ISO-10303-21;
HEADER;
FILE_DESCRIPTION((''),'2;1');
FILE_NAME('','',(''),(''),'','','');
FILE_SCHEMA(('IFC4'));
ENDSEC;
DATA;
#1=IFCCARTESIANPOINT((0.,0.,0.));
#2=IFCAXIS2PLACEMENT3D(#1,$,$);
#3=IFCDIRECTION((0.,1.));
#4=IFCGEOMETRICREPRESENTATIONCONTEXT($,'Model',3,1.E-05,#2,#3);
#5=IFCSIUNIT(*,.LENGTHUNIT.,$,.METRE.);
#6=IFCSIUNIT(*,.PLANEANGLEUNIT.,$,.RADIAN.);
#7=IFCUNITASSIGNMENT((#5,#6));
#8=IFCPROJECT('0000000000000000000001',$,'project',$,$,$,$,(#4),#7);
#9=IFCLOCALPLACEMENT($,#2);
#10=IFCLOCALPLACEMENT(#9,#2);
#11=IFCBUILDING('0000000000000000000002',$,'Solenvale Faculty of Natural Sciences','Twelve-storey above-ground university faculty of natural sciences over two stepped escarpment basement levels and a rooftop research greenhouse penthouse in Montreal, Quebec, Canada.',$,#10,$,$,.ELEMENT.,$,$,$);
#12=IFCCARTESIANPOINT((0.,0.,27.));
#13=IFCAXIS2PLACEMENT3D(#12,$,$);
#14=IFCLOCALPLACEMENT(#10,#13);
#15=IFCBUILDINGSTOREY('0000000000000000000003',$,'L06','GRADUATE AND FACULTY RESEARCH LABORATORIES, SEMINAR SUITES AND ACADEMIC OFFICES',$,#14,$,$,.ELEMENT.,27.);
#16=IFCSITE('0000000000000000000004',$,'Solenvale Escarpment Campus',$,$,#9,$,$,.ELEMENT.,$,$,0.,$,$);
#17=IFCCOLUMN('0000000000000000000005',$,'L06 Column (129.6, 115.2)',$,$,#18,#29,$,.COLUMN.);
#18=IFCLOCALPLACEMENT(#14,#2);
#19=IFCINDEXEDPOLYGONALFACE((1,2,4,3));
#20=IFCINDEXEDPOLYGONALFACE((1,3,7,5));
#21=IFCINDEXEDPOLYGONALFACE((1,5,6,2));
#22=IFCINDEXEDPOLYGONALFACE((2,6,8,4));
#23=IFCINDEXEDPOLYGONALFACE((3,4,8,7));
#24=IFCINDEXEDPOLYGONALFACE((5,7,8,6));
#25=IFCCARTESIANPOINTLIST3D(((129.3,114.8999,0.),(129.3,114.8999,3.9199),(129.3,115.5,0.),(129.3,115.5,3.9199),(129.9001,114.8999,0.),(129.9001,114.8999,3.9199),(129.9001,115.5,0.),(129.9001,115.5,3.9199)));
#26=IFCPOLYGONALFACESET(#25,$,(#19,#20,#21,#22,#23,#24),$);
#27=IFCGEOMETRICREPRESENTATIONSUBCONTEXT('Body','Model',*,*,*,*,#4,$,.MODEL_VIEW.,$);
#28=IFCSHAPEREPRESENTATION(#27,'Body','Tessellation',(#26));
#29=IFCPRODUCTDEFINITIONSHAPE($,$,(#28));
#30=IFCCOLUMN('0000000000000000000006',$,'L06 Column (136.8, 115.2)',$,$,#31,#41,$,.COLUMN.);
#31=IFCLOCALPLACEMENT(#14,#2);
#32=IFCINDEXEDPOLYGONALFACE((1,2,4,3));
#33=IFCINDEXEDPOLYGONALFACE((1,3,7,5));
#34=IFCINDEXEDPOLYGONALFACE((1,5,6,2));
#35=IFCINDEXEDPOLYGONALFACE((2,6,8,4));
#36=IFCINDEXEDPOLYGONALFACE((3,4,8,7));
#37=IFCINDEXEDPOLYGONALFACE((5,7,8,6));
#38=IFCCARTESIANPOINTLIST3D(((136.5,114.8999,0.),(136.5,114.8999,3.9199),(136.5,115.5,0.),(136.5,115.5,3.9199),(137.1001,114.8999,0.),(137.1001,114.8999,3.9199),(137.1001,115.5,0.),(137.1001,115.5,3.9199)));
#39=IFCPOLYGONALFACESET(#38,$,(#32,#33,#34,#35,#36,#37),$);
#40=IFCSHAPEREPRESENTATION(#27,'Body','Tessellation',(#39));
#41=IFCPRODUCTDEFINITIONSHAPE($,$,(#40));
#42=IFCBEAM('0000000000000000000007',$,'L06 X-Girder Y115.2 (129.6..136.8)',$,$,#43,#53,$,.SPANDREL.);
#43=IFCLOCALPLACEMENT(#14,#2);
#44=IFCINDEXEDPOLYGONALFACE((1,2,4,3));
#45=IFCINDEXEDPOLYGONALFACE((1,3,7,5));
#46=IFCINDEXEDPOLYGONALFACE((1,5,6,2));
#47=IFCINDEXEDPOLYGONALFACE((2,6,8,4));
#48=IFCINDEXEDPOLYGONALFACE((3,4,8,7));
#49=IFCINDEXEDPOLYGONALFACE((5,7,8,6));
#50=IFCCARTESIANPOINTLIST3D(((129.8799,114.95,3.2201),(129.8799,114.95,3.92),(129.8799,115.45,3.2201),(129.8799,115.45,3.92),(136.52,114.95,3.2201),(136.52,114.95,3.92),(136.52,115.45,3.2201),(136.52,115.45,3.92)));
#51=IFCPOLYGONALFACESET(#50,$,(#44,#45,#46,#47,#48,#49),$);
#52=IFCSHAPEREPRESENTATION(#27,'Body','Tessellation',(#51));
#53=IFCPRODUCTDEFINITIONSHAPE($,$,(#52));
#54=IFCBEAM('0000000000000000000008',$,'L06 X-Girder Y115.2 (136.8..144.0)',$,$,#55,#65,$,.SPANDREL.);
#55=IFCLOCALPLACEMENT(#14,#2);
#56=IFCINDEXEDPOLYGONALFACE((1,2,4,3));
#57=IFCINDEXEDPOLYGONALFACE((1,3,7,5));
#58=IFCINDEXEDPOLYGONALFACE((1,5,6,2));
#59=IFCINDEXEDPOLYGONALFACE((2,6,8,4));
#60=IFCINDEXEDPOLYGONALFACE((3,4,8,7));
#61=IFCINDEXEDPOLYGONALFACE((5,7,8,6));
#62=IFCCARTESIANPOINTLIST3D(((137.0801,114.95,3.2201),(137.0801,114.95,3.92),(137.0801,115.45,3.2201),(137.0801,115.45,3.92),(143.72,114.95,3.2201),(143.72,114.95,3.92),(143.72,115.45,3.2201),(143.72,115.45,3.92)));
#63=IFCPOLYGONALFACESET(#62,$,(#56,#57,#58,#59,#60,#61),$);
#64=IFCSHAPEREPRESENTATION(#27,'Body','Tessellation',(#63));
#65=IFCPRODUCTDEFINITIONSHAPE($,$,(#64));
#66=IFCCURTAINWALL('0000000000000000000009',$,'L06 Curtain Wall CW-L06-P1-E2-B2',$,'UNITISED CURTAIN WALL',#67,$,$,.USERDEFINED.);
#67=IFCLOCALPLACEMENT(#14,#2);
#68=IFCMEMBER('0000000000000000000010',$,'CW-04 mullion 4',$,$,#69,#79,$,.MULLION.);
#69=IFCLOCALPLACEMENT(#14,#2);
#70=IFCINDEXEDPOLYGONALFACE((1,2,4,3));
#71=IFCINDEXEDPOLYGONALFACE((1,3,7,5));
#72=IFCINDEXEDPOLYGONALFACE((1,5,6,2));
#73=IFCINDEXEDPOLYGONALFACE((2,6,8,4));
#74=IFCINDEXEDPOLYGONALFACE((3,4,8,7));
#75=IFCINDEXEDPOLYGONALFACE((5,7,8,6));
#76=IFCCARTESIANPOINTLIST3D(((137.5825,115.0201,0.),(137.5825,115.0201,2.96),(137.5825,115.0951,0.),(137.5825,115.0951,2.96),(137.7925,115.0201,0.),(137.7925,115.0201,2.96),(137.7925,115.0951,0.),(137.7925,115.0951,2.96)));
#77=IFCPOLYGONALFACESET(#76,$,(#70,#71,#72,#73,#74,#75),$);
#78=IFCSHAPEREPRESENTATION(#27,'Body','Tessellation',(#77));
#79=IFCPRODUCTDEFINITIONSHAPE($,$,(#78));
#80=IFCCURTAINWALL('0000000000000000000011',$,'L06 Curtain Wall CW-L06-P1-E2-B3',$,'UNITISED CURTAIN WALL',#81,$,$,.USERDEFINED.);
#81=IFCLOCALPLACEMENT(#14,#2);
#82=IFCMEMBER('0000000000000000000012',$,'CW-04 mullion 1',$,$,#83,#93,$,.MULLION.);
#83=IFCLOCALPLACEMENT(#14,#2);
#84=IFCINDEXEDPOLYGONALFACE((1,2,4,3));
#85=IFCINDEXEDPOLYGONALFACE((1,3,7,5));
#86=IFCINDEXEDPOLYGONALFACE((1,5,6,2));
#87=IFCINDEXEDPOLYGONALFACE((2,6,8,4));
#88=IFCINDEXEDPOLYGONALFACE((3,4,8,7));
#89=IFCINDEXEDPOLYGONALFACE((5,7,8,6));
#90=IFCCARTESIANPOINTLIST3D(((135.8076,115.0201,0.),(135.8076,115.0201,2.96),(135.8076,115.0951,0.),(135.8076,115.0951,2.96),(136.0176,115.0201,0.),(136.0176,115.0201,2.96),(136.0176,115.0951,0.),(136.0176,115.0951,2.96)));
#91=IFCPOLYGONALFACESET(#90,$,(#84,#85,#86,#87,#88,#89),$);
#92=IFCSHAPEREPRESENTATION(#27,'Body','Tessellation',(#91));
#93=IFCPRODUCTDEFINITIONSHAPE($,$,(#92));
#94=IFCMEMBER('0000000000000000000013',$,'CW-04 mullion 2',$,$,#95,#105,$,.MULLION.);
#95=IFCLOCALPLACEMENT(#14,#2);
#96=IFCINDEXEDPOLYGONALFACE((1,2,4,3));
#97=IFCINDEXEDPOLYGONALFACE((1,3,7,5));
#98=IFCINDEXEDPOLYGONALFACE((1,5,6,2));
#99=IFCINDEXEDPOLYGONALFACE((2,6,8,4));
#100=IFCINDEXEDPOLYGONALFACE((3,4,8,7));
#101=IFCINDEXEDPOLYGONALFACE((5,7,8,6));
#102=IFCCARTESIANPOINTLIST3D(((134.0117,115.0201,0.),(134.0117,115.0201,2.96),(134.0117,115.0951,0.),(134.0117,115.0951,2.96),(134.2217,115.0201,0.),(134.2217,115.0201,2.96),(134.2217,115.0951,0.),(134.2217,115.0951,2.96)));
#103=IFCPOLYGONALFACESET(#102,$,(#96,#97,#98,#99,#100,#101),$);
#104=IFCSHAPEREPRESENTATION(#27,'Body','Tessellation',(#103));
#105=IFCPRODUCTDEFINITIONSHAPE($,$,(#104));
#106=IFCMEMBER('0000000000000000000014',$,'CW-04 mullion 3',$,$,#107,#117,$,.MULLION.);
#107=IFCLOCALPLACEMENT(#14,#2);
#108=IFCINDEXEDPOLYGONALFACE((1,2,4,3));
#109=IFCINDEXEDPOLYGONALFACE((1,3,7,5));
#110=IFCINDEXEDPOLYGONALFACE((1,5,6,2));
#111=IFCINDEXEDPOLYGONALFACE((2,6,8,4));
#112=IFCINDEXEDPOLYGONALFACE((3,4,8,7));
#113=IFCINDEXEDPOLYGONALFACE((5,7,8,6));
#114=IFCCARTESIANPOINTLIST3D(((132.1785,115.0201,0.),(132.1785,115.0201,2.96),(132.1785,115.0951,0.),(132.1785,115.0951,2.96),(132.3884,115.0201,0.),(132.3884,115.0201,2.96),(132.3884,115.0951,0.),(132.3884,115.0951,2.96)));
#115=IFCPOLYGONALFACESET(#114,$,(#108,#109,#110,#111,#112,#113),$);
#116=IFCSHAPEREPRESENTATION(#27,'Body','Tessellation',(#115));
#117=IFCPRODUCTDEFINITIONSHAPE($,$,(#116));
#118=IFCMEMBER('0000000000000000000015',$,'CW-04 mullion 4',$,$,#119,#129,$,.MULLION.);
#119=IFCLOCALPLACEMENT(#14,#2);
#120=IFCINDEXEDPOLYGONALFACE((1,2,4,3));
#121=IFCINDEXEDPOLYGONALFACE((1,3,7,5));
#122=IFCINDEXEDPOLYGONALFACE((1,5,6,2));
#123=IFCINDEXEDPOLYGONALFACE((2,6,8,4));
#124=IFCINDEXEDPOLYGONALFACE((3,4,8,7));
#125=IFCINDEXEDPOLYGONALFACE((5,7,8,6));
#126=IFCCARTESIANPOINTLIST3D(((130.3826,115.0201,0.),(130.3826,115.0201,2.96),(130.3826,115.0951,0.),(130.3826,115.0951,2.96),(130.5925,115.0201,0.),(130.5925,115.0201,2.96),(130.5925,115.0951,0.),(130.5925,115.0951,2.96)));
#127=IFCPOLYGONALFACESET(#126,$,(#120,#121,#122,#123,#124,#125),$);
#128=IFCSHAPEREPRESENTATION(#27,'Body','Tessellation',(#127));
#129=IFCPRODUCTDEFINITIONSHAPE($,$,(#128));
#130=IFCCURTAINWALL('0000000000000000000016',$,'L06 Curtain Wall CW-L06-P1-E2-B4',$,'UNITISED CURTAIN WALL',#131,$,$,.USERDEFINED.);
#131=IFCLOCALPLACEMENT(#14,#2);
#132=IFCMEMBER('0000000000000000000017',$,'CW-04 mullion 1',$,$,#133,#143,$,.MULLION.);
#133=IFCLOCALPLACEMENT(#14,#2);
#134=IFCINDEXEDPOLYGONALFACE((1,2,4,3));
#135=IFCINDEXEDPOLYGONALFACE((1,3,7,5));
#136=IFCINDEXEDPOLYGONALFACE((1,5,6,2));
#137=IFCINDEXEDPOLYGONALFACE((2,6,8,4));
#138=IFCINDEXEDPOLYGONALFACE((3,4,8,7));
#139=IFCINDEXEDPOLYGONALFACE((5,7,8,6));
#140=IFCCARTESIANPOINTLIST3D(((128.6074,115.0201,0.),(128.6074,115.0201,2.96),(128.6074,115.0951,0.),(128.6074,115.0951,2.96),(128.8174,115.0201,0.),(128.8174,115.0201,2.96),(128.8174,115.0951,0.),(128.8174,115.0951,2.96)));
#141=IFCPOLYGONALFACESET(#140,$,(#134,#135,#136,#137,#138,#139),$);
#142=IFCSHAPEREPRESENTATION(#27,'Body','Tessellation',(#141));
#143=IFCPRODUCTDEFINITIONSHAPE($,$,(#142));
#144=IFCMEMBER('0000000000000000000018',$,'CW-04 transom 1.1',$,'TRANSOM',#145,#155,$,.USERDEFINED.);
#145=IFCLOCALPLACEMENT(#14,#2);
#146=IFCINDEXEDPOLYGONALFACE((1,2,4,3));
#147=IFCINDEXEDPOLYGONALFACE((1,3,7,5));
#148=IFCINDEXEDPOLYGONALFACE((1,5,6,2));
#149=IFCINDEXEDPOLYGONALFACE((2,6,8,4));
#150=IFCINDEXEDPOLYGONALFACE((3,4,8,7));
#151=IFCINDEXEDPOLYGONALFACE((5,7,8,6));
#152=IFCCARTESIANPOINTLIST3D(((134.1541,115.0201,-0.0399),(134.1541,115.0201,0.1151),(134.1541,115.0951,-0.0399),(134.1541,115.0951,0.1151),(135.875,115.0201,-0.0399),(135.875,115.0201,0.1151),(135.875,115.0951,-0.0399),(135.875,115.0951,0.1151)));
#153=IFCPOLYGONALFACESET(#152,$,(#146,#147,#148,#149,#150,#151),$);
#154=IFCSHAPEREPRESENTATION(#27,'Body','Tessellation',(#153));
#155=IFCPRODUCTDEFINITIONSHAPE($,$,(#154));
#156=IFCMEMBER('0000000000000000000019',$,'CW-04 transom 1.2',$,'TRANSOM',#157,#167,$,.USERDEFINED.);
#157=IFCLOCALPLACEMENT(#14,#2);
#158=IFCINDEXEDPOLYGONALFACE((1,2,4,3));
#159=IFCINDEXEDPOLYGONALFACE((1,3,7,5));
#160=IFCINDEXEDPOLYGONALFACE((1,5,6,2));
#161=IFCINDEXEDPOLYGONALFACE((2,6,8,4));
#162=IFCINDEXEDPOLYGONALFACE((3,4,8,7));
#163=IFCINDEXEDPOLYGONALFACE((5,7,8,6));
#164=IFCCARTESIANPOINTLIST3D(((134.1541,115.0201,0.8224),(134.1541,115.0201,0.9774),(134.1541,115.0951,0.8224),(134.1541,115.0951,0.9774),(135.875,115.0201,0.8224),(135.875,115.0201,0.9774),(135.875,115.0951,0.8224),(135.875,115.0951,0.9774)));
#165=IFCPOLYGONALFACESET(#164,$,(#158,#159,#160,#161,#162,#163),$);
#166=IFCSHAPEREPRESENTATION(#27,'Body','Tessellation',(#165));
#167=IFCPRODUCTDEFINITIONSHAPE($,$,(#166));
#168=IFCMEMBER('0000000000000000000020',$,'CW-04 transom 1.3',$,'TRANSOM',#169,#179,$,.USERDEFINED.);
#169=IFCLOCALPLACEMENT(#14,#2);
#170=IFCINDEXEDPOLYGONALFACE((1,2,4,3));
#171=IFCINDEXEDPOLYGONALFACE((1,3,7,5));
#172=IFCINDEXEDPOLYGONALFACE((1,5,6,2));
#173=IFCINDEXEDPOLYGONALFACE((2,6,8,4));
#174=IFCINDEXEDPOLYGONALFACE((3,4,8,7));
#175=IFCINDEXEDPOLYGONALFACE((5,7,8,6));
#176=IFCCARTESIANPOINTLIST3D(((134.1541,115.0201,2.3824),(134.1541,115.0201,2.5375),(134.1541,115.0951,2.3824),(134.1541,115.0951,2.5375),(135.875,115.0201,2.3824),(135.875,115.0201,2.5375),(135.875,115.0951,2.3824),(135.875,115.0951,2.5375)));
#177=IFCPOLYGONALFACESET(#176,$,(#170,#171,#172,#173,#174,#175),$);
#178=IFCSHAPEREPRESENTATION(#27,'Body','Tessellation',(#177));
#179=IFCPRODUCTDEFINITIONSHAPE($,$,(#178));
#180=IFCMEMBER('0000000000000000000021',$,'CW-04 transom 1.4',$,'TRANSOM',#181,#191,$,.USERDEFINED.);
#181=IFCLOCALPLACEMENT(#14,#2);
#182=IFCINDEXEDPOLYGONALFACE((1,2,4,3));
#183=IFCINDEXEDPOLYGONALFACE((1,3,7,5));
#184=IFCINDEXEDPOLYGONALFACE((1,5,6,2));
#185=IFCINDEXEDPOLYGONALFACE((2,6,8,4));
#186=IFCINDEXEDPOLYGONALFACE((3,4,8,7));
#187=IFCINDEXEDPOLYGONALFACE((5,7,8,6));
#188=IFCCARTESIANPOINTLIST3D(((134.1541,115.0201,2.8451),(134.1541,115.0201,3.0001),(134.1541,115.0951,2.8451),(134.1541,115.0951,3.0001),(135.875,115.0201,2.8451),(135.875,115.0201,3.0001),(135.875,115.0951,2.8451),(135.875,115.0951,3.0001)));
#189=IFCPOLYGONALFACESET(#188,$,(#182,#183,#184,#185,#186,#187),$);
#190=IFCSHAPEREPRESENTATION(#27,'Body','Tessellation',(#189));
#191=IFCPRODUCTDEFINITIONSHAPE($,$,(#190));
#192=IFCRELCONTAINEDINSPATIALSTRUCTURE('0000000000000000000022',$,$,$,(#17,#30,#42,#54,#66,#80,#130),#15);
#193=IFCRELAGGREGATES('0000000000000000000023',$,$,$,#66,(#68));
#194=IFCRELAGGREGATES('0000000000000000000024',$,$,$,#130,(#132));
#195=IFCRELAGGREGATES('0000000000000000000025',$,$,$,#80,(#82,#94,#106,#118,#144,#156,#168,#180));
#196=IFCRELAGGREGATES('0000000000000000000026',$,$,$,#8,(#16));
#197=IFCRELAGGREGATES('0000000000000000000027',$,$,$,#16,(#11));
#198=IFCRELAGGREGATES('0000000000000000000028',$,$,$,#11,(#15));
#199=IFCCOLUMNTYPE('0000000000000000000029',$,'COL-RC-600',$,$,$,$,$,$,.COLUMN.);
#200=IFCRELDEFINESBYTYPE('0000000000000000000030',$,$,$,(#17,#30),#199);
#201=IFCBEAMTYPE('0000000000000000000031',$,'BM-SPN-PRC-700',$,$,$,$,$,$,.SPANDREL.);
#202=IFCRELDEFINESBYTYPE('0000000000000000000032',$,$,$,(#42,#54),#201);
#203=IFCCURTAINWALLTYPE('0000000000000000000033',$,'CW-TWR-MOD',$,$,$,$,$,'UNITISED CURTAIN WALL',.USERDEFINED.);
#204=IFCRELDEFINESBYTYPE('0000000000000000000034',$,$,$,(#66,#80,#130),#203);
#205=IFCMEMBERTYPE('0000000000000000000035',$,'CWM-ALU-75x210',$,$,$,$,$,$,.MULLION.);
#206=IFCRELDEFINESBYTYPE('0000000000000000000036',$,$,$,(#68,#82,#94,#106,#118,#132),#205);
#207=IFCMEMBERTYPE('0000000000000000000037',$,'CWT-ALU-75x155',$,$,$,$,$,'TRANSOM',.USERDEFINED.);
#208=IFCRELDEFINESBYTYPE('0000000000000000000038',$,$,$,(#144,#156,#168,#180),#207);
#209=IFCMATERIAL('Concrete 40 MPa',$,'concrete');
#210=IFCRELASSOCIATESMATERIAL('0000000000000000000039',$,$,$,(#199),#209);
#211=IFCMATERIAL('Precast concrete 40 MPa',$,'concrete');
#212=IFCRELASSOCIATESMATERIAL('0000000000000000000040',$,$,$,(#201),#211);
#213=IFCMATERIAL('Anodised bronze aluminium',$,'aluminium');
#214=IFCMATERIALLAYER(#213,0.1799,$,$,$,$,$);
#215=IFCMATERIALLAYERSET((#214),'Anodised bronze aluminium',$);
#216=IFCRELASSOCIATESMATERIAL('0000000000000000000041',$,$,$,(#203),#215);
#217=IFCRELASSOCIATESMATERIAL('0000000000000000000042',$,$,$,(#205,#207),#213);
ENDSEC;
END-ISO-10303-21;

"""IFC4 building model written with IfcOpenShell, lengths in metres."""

from ifc_helpers import new_model, si_unit, direction, frame, origin, origin_2d, place, context, subcontext, project, spatial, rectangle, extrude, material, layer, layer_set, material_profile, profile_set, type_object, element, aggregate, save


model = new_model("IFC4")

# Units and contexts
model_context = context("Model", 3, precision=1e-05, world=origin(), true_north=direction((0.0, 1.0)))
body_context = subcontext(model_context, "Body", "Model", "MODEL_VIEW")
ifc_project = project(units=[si_unit("LENGTHUNIT", "METRE"), si_unit("PLANEANGLEUNIT", "RADIAN")], contexts=[model_context])

# Site, building, storey
site_placement = place(None, origin())
site = spatial("IfcSite", under=ifc_project, at=site_placement, Name="Solenvale Escarpment Campus", CompositionType="ELEMENT", RefElevation=0.0)
building_placement = place(site_placement, origin())
building = spatial("IfcBuilding", under=site, at=building_placement, Name="Solenvale Faculty of Natural Sciences", Description="Twelve-storey above-ground university faculty of natural sciences over two stepped escarpment basement levels and a rooftop research greenhouse penthouse in Montreal, Quebec, Canada.", CompositionType="ELEMENT")
storey_placement = place(building_placement, frame((0.0, 0.0, 27.0)))
storey = spatial("IfcBuildingStorey", under=building, at=storey_placement, Name="L06", Description="GRADUATE AND FACULTY RESEARCH LABORATORIES, SEMINAR SUITES AND ACADEMIC OFFICES", CompositionType="ELEMENT", Elevation=27.0)

# Columns
ifc_material_1 = material(Name="Concrete 40 MPa", Category="concrete")
ifc_material_profile_1 = material_profile(ifc_material_1, rectangle(XDim=0.6001, YDim=0.6001, at=origin_2d()), Name="RC-COL-600x600")
ifc_profile_set_1 = profile_set([ifc_material_profile_1], Name="Concrete 40 MPa")
column_type = type_object("IfcColumnType", Name="COL-RC-600", PredefinedType="COLUMN", material=ifc_profile_set_1)
for number, where, z_axis, x_axis, name in (
    (1, (129.6001, 115.2, 0.0), (0.0, 0.0, 1.0), (1.0, 0.0, 0.0), "L06 Column (129.6, 115.2)"),
    (2, (136.8, 115.2, 0.0), (0.0, 0.0, 1.0), (1.0, 0.0, 0.0), "L06 Column (136.8, 115.2)"),
):
    element("IfcColumn", number, at=place(storey_placement, frame(where, z_axis=z_axis, x_axis=x_axis)), inside=storey, type_object=column_type, Name=name, PredefinedType="COLUMN", context=body_context, shape_type="SweptSolid", body=[
        extrude(rectangle(XDim=0.6001, YDim=0.6001, at=origin_2d()), origin(), (0.0, 0.0, 1.0), 3.9199),
    ])

# Beams
ifc_material_2 = material(Name="Precast concrete 40 MPa", Category="concrete")
ifc_material_profile_2 = material_profile(ifc_material_2, rectangle(XDim=0.5, YDim=0.7, at=origin_2d()), Name="RC-BM-500x700")
ifc_profile_set_2 = profile_set([ifc_material_profile_2], Name="Precast concrete 40 MPa")
beam_type = type_object("IfcBeamType", Name="BM-SPN-PRC-700", PredefinedType="SPANDREL", material=ifc_profile_set_2)
beam_1_placement = place(storey_placement, frame((129.8799, 115.2, 3.5701), z_axis=(1.0, 0.0, 0.0), x_axis=(0.0, 1.0, 0.0)))
element("IfcBeam", 3, at=beam_1_placement, inside=storey, type_object=beam_type, Name="L06 X-Girder Y115.2 (129.6..136.8)", PredefinedType="SPANDREL", context=body_context, shape_type="SweptSolid", body=[
    extrude(rectangle(XDim=0.5, YDim=0.7, at=origin_2d()), origin(), (0.0, 0.0, 1.0), 6.6401),
])
beam_2_placement = place(storey_placement, frame((137.0801, 115.2, 3.5701), z_axis=(1.0, 0.0, 0.0), x_axis=(0.0, 1.0, 0.0)))
element("IfcBeam", 4, at=beam_2_placement, inside=storey, type_object=beam_type, Name="L06 X-Girder Y115.2 (136.8..144.0)", PredefinedType="SPANDREL", context=body_context, shape_type="SweptSolid", body=[
    extrude(rectangle(XDim=0.5, YDim=0.7, at=origin_2d()), origin(), (0.0, 0.0, 1.0), 6.6399),
])

# Curtain wall, member
ifc_material_3 = material(Name="Anodised bronze aluminium", Category="aluminium")
ifc_layer_1 = layer(ifc_material_3, 0.1799)
ifc_layer_set_1 = layer_set([ifc_layer_1], Name="Anodised bronze aluminium")
curtain_wall_type = type_object("IfcCurtainWallType", Name="CW-TWR-MOD", ElementType="UNITISED CURTAIN WALL", PredefinedType="USERDEFINED", material=ifc_layer_set_1)
curtain_wall_1_placement = place(storey_placement, origin())
curtain_wall_1 = element("IfcCurtainWall", 5, at=curtain_wall_1_placement, inside=storey, type_object=curtain_wall_type, Name="L06 Curtain Wall CW-L06-P1-E2-B2", ObjectType="UNITISED CURTAIN WALL", PredefinedType="USERDEFINED")
ifc_material_profile_3 = material_profile(ifc_material_3, rectangle(XDim=0.075, YDim=0.21, at=origin_2d()), Name="ALU-MUL-75x210")
ifc_profile_set_3 = profile_set([ifc_material_profile_3], Name="Anodised bronze aluminium")
member_type_1 = type_object("IfcMemberType", Name="CWM-ALU-75x210", PredefinedType="MULLION", material=ifc_profile_set_3)
member_1_placement = place(storey_placement, frame((137.6875, 115.0576, 0.0), z_axis=(0.0, 0.0, 1.0), x_axis=(0.0, -1.0, 0.0)))
member_1 = element("IfcMember", 6, at=member_1_placement, type_object=member_type_1, Name="CW-04 mullion 4", PredefinedType="MULLION", context=body_context, shape_type="SweptSolid", body=[
    extrude(rectangle(XDim=0.075, YDim=0.21, at=origin_2d()), origin(), (0.0, 0.0, 1.0), 2.96),
])
aggregate(curtain_wall_1, [member_1])

# Curtain wall, members
curtain_wall_2_placement = place(storey_placement, origin())
curtain_wall_2 = element("IfcCurtainWall", 7, at=curtain_wall_2_placement, inside=storey, type_object=curtain_wall_type, Name="L06 Curtain Wall CW-L06-P1-E2-B3", ObjectType="UNITISED CURTAIN WALL", PredefinedType="USERDEFINED")
member_2_placement = place(storey_placement, frame((135.9126, 115.0576, 0.0), z_axis=(0.0, 0.0, 1.0), x_axis=(0.0, -1.0, 0.0)))
member_2 = element("IfcMember", 8, at=member_2_placement, type_object=member_type_1, Name="CW-04 mullion 1", PredefinedType="MULLION", context=body_context, shape_type="SweptSolid", body=[
    extrude(rectangle(XDim=0.075, YDim=0.21, at=origin_2d()), origin(), (0.0, 0.0, 1.0), 2.96),
])
member_3_placement = place(storey_placement, frame((134.1167, 115.0576, 0.0), z_axis=(0.0, 0.0, 1.0), x_axis=(0.0, -1.0, 0.0)))
member_3 = element("IfcMember", 9, at=member_3_placement, type_object=member_type_1, Name="CW-04 mullion 2", PredefinedType="MULLION", context=body_context, shape_type="SweptSolid", body=[
    extrude(rectangle(XDim=0.075, YDim=0.21, at=origin_2d()), origin(), (0.0, 0.0, 1.0), 2.96),
])
member_4_placement = place(storey_placement, frame((132.2834, 115.0576, 0.0), z_axis=(0.0, 0.0, 1.0), x_axis=(0.0, -1.0, 0.0)))
member_4 = element("IfcMember", 10, at=member_4_placement, type_object=member_type_1, Name="CW-04 mullion 3", PredefinedType="MULLION", context=body_context, shape_type="SweptSolid", body=[
    extrude(rectangle(XDim=0.075, YDim=0.21, at=origin_2d()), origin(), (0.0, 0.0, 1.0), 2.96),
])
member_5_placement = place(storey_placement, frame((130.4875, 115.0576, 0.0), z_axis=(0.0, 0.0, 1.0), x_axis=(0.0, -1.0, 0.0)))
member_5 = element("IfcMember", 11, at=member_5_placement, type_object=member_type_1, Name="CW-04 mullion 4", PredefinedType="MULLION", context=body_context, shape_type="SweptSolid", body=[
    extrude(rectangle(XDim=0.075, YDim=0.21, at=origin_2d()), origin(), (0.0, 0.0, 1.0), 2.96),
])

# Curtain wall, member
curtain_wall_3_placement = place(storey_placement, origin())
curtain_wall_3 = element("IfcCurtainWall", 12, at=curtain_wall_3_placement, inside=storey, type_object=curtain_wall_type, Name="L06 Curtain Wall CW-L06-P1-E2-B4", ObjectType="UNITISED CURTAIN WALL", PredefinedType="USERDEFINED")
member_6_placement = place(storey_placement, frame((128.7124, 115.0576, 0.0), z_axis=(0.0, 0.0, 1.0), x_axis=(0.0, -1.0, 0.0)))
member_6 = element("IfcMember", 13, at=member_6_placement, type_object=member_type_1, Name="CW-04 mullion 1", PredefinedType="MULLION", context=body_context, shape_type="SweptSolid", body=[
    extrude(rectangle(XDim=0.075, YDim=0.21, at=origin_2d()), origin(), (0.0, 0.0, 1.0), 2.96),
])
aggregate(curtain_wall_3, [member_6])

# Members
ifc_material_profile_4 = material_profile(ifc_material_3, rectangle(XDim=0.075, YDim=0.155, at=origin_2d()), Name="ALU-TRN-75x155")
ifc_profile_set_4 = profile_set([ifc_material_profile_4], Name="Anodised bronze aluminium")
member_type_2 = type_object("IfcMemberType", Name="CWT-ALU-75x155", ElementType="TRANSOM", PredefinedType="USERDEFINED", material=ifc_profile_set_4)
member_7_placement = place(storey_placement, frame((135.875, 115.0576, 0.0376), z_axis=(-1.0, 0.0, 0.0), x_axis=(0.0, -1.0, 0.0)))
member_7 = element("IfcMember", 14, at=member_7_placement, type_object=member_type_2, Name="CW-04 transom 1.1", ObjectType="TRANSOM", PredefinedType="USERDEFINED", context=body_context, shape_type="SweptSolid", body=[
    extrude(rectangle(XDim=0.075, YDim=0.155, at=origin_2d()), origin(), (0.0, 0.0, 1.0), 1.7209),
])
member_8_placement = place(storey_placement, frame((135.875, 115.0576, 0.8999), z_axis=(-1.0, 0.0, 0.0), x_axis=(0.0, -1.0, 0.0)))
member_8 = element("IfcMember", 15, at=member_8_placement, type_object=member_type_2, Name="CW-04 transom 1.2", ObjectType="TRANSOM", PredefinedType="USERDEFINED", context=body_context, shape_type="SweptSolid", body=[
    extrude(rectangle(XDim=0.075, YDim=0.155, at=origin_2d()), origin(), (0.0, 0.0, 1.0), 1.7209),
])
member_9_placement = place(storey_placement, frame((135.875, 115.0576, 2.46), z_axis=(-1.0, 0.0, 0.0), x_axis=(0.0, -1.0, 0.0)))
member_9 = element("IfcMember", 16, at=member_9_placement, type_object=member_type_2, Name="CW-04 transom 1.3", ObjectType="TRANSOM", PredefinedType="USERDEFINED", context=body_context, shape_type="SweptSolid", body=[
    extrude(rectangle(XDim=0.075, YDim=0.155, at=origin_2d()), origin(), (0.0, 0.0, 1.0), 1.7209),
])
member_10_placement = place(storey_placement, frame((135.875, 115.0576, 2.9226), z_axis=(-1.0, 0.0, 0.0), x_axis=(0.0, -1.0, 0.0)))
member_10 = element("IfcMember", 17, at=member_10_placement, type_object=member_type_2, Name="CW-04 transom 1.4", ObjectType="TRANSOM", PredefinedType="USERDEFINED", context=body_context, shape_type="SweptSolid", body=[
    extrude(rectangle(XDim=0.075, YDim=0.155, at=origin_2d()), origin(), (0.0, 0.0, 1.0), 1.7209),
])

aggregate(curtain_wall_2, [member_2, member_3, member_4, member_5, member_7, member_8, member_9, member_10])

save(model, "model.ifc")
